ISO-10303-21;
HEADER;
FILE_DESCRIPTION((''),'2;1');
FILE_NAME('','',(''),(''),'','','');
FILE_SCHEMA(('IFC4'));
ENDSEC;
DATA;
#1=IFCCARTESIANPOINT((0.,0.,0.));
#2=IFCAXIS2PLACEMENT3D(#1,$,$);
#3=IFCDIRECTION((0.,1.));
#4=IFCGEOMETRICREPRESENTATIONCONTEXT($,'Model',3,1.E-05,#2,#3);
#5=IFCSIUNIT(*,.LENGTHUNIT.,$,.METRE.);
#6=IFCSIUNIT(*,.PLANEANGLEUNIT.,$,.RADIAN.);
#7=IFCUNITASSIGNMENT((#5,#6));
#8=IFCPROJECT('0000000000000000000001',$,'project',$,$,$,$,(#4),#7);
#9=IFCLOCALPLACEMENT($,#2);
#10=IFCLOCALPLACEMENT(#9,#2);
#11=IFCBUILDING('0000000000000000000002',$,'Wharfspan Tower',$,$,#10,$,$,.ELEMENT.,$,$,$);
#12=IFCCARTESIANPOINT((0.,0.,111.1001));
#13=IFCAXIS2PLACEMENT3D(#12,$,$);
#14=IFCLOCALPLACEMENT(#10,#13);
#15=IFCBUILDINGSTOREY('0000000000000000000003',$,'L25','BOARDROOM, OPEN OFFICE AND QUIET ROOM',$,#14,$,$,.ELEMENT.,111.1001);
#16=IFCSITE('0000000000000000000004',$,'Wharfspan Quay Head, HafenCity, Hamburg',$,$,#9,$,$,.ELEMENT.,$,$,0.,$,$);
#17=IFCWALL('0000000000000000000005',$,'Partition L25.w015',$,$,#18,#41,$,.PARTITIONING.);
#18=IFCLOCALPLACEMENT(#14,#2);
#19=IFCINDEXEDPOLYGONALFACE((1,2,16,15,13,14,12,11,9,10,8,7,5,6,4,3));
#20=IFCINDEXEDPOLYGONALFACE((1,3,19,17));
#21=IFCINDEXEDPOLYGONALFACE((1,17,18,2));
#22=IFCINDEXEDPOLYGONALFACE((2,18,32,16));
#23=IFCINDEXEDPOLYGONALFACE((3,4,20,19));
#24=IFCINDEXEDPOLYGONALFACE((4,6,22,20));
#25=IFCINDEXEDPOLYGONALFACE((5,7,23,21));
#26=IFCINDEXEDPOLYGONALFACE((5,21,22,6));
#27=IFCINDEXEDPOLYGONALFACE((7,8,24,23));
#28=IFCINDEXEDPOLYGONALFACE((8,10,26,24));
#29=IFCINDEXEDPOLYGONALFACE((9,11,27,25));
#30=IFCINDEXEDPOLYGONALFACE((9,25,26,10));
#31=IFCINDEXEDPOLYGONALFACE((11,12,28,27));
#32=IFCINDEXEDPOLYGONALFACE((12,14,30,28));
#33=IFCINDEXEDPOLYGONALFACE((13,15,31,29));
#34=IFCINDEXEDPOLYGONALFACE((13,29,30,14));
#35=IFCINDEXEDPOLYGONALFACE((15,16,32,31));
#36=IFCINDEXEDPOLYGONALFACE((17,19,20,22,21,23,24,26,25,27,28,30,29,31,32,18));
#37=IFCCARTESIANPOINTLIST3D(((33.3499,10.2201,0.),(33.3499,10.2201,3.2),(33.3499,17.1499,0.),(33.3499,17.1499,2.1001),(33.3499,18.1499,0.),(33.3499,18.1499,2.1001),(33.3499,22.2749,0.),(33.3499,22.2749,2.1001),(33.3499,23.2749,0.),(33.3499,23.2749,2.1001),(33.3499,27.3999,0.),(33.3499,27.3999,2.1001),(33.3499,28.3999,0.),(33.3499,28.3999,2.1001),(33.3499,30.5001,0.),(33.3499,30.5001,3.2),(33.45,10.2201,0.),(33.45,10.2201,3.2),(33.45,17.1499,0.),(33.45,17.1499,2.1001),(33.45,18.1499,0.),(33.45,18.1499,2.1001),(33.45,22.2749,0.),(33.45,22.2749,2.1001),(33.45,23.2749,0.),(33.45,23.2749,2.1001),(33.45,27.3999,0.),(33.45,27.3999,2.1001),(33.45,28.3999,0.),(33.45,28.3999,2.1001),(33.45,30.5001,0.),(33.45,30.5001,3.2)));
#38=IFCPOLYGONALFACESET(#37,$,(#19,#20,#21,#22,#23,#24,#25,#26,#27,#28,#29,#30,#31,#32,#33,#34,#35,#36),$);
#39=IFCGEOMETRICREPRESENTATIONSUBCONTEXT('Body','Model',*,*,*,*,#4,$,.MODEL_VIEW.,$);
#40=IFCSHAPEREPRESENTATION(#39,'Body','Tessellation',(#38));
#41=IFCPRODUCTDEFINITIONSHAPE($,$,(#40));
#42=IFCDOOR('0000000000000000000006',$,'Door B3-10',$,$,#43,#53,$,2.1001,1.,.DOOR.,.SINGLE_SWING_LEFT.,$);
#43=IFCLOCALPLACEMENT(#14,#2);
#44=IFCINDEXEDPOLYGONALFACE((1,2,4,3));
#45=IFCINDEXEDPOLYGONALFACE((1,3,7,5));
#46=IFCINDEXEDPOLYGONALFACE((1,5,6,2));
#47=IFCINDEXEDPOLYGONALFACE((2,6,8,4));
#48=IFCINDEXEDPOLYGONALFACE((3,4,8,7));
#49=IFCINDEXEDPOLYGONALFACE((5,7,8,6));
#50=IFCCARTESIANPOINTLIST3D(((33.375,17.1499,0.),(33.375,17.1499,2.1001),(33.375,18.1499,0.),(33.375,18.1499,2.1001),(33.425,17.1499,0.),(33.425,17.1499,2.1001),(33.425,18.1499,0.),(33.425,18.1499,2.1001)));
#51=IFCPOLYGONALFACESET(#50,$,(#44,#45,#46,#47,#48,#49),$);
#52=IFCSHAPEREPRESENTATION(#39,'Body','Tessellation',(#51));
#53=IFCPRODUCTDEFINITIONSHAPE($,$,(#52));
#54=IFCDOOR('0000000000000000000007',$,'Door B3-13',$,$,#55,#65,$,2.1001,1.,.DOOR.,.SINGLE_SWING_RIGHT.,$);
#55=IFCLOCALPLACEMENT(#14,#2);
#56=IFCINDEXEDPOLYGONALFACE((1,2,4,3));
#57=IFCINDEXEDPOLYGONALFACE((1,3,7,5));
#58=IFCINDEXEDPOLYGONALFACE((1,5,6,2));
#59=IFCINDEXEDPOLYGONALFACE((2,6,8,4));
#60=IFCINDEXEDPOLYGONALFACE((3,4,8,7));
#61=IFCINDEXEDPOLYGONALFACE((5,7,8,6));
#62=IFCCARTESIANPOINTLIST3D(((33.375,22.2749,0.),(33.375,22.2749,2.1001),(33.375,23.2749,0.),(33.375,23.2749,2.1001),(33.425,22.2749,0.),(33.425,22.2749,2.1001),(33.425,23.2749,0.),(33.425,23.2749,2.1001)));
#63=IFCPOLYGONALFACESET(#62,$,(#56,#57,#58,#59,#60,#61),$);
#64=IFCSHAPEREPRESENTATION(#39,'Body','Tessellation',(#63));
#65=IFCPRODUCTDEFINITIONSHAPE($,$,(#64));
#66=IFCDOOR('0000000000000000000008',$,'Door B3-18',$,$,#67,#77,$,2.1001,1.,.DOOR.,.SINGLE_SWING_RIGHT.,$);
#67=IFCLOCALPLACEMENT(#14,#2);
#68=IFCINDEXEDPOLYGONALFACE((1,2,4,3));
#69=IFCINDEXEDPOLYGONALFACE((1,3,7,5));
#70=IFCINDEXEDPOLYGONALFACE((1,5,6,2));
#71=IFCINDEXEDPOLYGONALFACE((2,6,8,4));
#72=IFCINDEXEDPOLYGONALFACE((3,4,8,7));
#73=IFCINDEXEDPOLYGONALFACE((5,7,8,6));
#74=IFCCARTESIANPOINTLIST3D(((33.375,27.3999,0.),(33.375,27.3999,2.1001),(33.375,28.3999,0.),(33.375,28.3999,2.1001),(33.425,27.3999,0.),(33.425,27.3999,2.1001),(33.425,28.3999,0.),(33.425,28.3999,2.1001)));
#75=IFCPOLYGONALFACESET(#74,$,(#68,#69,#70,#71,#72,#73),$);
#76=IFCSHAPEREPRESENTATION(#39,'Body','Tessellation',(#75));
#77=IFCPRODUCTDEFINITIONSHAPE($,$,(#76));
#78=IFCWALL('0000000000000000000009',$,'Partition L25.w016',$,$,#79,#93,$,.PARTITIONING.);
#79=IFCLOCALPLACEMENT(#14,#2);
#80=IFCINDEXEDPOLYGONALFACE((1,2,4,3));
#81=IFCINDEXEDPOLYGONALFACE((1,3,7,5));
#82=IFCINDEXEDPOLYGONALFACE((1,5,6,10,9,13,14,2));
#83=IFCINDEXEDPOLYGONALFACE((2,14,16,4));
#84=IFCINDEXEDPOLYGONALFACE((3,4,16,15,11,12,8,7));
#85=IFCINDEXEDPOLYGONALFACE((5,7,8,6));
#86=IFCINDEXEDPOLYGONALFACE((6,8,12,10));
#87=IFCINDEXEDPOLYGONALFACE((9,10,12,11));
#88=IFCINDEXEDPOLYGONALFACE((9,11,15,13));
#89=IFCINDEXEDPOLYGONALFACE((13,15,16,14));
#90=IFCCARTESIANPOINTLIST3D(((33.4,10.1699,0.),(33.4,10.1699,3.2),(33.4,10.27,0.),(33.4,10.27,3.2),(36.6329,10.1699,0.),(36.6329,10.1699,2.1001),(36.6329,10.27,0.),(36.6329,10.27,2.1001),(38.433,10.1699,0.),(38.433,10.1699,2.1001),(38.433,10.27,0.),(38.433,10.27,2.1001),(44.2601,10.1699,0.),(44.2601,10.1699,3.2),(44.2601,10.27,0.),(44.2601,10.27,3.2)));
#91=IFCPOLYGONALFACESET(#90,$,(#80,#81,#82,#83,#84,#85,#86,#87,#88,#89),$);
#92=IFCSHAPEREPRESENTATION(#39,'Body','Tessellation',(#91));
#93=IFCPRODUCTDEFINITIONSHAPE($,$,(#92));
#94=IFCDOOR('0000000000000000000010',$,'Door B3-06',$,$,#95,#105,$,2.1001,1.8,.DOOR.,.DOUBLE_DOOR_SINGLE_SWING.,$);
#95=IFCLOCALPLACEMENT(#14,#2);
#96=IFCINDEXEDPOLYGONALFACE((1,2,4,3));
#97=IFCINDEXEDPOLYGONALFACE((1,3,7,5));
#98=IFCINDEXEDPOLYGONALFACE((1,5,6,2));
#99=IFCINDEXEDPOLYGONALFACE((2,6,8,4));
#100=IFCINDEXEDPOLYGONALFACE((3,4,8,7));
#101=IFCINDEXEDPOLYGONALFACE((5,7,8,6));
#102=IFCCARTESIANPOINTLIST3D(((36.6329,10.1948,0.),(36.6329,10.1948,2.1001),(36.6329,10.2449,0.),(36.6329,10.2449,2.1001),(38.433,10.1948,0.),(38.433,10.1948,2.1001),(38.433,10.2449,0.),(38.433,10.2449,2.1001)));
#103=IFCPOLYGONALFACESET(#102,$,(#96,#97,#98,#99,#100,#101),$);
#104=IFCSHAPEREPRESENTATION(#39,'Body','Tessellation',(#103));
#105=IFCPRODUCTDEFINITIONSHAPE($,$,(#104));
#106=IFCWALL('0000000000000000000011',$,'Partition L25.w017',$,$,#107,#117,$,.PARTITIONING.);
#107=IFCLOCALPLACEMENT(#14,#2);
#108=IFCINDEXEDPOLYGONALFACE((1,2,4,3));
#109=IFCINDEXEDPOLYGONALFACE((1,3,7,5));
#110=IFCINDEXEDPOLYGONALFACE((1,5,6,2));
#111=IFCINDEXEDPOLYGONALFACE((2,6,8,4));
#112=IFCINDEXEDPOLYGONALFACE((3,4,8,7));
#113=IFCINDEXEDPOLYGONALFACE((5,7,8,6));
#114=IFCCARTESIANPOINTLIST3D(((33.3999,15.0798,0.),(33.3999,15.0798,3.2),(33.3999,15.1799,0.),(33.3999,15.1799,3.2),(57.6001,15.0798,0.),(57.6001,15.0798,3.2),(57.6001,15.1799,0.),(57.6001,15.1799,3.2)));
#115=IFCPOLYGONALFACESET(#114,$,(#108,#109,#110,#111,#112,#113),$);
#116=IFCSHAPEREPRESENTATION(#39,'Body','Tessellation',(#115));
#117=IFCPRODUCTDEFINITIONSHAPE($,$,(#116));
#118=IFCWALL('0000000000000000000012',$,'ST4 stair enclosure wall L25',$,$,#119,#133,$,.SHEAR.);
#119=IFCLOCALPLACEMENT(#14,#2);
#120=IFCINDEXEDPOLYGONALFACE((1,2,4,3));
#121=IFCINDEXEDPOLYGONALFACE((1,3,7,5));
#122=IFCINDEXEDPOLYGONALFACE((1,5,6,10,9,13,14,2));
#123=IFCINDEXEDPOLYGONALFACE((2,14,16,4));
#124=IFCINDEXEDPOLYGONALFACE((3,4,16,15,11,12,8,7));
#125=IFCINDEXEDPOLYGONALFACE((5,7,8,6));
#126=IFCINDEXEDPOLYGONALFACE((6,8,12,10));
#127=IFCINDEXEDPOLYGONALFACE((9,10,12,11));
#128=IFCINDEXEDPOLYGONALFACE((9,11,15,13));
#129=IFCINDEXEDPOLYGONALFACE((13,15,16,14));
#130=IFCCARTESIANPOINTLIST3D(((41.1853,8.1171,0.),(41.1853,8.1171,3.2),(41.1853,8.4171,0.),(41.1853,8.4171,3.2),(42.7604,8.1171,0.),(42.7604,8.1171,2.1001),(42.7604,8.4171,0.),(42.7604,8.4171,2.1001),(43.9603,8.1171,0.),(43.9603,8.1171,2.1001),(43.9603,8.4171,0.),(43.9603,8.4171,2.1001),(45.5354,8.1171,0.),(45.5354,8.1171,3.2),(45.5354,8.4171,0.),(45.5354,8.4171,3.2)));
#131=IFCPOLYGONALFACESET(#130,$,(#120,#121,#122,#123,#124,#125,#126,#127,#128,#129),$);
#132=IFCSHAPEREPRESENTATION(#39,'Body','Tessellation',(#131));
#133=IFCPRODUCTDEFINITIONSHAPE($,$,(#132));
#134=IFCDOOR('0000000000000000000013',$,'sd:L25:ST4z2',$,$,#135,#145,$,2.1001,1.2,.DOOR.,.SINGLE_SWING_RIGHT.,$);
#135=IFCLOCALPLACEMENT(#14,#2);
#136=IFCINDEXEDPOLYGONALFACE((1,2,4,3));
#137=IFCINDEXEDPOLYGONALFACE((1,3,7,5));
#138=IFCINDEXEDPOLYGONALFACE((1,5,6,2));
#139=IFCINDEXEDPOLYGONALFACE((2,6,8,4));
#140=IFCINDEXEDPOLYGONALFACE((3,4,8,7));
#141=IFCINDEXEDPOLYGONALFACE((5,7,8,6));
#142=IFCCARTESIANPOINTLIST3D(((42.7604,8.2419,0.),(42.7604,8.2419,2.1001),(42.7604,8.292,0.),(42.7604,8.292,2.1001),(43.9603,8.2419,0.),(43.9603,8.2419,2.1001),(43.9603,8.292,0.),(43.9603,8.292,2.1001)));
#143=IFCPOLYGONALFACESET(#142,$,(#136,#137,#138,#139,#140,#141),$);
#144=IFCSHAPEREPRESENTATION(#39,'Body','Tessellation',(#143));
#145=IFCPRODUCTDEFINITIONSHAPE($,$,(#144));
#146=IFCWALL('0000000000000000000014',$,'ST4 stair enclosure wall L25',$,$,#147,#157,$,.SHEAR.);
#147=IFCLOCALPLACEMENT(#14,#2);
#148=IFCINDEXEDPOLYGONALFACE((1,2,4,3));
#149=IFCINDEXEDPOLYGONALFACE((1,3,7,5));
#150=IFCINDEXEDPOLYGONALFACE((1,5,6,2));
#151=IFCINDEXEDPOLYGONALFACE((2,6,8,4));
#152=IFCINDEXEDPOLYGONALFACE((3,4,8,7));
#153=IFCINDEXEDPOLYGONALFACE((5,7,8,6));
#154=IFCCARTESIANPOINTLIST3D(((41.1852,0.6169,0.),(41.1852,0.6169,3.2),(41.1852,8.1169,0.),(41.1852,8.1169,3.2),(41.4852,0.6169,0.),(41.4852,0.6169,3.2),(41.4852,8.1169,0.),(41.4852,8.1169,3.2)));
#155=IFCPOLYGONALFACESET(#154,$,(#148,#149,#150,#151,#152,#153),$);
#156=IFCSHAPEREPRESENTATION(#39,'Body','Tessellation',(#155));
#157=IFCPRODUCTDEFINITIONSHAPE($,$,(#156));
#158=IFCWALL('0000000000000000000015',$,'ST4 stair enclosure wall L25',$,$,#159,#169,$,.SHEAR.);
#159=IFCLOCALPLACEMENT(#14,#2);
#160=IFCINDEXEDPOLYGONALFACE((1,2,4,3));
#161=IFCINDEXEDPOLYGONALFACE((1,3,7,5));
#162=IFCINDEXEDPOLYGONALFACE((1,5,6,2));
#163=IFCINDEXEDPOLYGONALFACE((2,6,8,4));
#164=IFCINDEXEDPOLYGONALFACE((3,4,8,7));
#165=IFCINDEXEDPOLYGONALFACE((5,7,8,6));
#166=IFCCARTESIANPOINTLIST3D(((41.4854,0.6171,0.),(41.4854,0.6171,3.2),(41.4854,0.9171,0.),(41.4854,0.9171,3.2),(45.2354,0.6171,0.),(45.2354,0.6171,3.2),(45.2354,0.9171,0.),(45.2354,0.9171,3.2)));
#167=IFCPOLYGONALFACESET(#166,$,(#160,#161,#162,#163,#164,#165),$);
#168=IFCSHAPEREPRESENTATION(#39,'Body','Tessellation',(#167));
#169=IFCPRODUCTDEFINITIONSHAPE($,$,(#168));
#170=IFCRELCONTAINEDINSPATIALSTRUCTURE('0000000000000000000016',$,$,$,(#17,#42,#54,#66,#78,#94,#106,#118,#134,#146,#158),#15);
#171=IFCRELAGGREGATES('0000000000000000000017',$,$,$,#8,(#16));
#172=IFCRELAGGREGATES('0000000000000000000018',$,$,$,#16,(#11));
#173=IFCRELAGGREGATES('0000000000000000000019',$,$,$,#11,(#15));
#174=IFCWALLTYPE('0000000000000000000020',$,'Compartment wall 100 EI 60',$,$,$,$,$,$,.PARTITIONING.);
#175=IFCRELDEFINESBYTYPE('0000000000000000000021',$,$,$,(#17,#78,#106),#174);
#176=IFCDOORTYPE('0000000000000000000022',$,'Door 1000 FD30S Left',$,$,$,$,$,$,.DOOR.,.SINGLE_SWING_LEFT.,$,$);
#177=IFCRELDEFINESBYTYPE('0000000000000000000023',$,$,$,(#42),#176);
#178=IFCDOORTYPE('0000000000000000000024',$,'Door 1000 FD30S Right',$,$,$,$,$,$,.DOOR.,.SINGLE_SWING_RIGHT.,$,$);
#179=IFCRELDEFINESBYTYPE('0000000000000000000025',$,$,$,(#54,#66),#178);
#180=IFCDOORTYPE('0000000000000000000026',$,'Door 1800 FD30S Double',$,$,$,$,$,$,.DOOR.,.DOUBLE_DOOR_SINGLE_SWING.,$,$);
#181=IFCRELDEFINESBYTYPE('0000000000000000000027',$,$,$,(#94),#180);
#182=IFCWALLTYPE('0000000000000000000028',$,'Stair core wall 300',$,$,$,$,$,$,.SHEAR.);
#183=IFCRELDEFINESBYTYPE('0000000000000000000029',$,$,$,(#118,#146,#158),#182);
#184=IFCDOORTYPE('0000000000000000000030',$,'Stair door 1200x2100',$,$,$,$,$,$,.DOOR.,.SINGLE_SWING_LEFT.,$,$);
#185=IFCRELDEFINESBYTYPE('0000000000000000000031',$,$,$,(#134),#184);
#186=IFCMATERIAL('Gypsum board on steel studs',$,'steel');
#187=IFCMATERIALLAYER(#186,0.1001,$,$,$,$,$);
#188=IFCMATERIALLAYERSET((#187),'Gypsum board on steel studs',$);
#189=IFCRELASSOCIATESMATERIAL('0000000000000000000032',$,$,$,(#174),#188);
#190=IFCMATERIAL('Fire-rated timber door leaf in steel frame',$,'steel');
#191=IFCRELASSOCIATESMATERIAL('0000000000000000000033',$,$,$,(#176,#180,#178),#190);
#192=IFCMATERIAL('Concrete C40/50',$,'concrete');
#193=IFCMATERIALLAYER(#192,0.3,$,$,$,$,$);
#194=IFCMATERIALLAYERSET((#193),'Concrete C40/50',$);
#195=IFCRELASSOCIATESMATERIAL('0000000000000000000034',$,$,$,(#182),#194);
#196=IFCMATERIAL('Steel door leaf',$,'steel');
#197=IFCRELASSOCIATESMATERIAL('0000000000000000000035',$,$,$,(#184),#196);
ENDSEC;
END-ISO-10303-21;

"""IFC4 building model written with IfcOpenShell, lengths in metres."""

from ifc_helpers import new_model, si_unit, direction, frame, frame_2d, origin, place, context, subcontext, project, spatial, rectangle, extrude, material, layer, layer_set, type_object, element, fill, save


model = new_model("IFC4")

# Units and contexts
model_context = context("Model", 3, precision=1e-05, world=origin(), true_north=direction((0.0, 1.0)))
body_context = subcontext(model_context, "Body", "Model", "MODEL_VIEW")
ifc_project = project(units=[si_unit("LENGTHUNIT", "METRE"), si_unit("PLANEANGLEUNIT", "RADIAN")], contexts=[model_context])

# Site, building, storey
site_placement = place(None, origin())
site = spatial("IfcSite", under=ifc_project, at=site_placement, Name="Wharfspan Quay Head, HafenCity, Hamburg", CompositionType="ELEMENT", RefElevation=0.0)
building_placement = place(site_placement, origin())
building = spatial("IfcBuilding", under=site, at=building_placement, Name="Wharfspan Tower", CompositionType="ELEMENT")
storey_placement = place(building_placement, frame((0.0, 0.0, 111.1001)))
storey = spatial("IfcBuildingStorey", under=building, at=storey_placement, Name="L25", Description="BOARDROOM, OPEN OFFICE AND QUIET ROOM", CompositionType="ELEMENT", Elevation=111.1001)

# Shared definitions
ifc_material_1 = material(Name="Gypsum board on steel studs", Category="steel")
ifc_layer_1 = layer(ifc_material_1, 0.1001)
ifc_layer_set_1 = layer_set([ifc_layer_1], Name="Gypsum board on steel studs")
wall_type_1 = type_object("IfcWallType", Name="Compartment wall 100 EI 60", PredefinedType="PARTITIONING", material=ifc_layer_set_1)
ifc_material_2 = material(Name="Fire-rated timber door leaf in steel frame", Category="steel")
door_type_1 = type_object("IfcDoorType", Name="Door 1000 FD30S Left", OperationType="SINGLE_SWING_LEFT", PredefinedType="DOOR", material=ifc_material_2)
door_type_2 = type_object("IfcDoorType", Name="Door 1800 FD30S Double", OperationType="DOUBLE_DOOR_SINGLE_SWING", PredefinedType="DOOR", material=ifc_material_2)

# Wall, openings, doors
wall_1_placement = place(storey_placement, frame((33.3999, 10.22, 0.0), z_axis=(0.0, 0.0, 1.0), x_axis=(0.0, 1.0, 0.0)))
wall_1 = element("IfcWall", 1, at=wall_1_placement, inside=storey, type_object=wall_type_1, Name="Partition L25.w015", PredefinedType="PARTITIONING", context=body_context, shape_type="SweptSolid", body=[
    extrude(rectangle(XDim=20.28, YDim=0.1001, at=frame_2d((10.1401, 0.0))), origin(), (0.0, 0.0, 1.0), 3.2),
])
opening_1_placement = place(wall_1_placement, frame((6.9299, 0.0, 0.0)))
opening_1 = element("IfcOpeningElement", 2, at=opening_1_placement, cuts=wall_1, PredefinedType="OPENING", context=body_context, shape_type="SweptSolid", body=[
    extrude(rectangle(XDim=1.0, YDim=2.1001, at=frame_2d((0.5, 1.05))), frame((0.0, 0.0601, 0.0), z_axis=(0.0, -1.0, 0.0), x_axis=(1.0, 0.0, 0.0)), (0.0, 0.0, 1.0), 0.1201),
])
opening_2_placement = place(wall_1_placement, frame((12.0549, 0.0, 0.0)))
opening_2 = element("IfcOpeningElement", 3, at=opening_2_placement, cuts=wall_1, PredefinedType="OPENING", context=body_context, shape_type="SweptSolid", body=[
    extrude(rectangle(XDim=1.0, YDim=2.1001, at=frame_2d((0.5, 1.05))), frame((0.0, 0.0601, 0.0), z_axis=(0.0, -1.0, 0.0), x_axis=(1.0, 0.0, 0.0)), (0.0, 0.0, 1.0), 0.1201),
])
opening_3_placement = place(wall_1_placement, frame((17.1799, 0.0, 0.0)))
opening_3 = element("IfcOpeningElement", 4, at=opening_3_placement, cuts=wall_1, PredefinedType="OPENING", context=body_context, shape_type="SweptSolid", body=[
    extrude(rectangle(XDim=1.0, YDim=2.1001, at=frame_2d((0.5, 1.05))), frame((0.0, 0.0601, 0.0), z_axis=(0.0, -1.0, 0.0), x_axis=(1.0, 0.0, 0.0)), (0.0, 0.0, 1.0), 0.1201),
])
door_1_placement = place(opening_1_placement, origin())
door_1 = element("IfcDoor", 5, at=door_1_placement, inside=storey, type_object=door_type_1, Name="Door B3-10", OperationType="SINGLE_SWING_LEFT", OverallHeight=2.1001, OverallWidth=1.0, PredefinedType="DOOR", context=body_context, shape_type="SweptSolid", body=[
    extrude(rectangle(XDim=1.0, YDim=2.1001, at=frame_2d((0.5, 1.05))), frame((0.0, 0.0249, 0.0), z_axis=(0.0, -1.0, 0.0), x_axis=(1.0, 0.0, 0.0)), (0.0, 0.0, 1.0), 0.05),
])
fill(opening_1, door_1)
door_type_3 = type_object("IfcDoorType", Name="Door 1000 FD30S Right", OperationType="SINGLE_SWING_RIGHT", PredefinedType="DOOR", material=ifc_material_2)
door_2_placement = place(opening_2_placement, origin())
door_2 = element("IfcDoor", 6, at=door_2_placement, inside=storey, type_object=door_type_3, Name="Door B3-13", OperationType="SINGLE_SWING_RIGHT", OverallHeight=2.1001, OverallWidth=1.0, PredefinedType="DOOR", context=body_context, shape_type="SweptSolid", body=[
    extrude(rectangle(XDim=1.0, YDim=2.1001, at=frame_2d((0.5, 1.05))), frame((0.0, 0.0249, 0.0), z_axis=(0.0, -1.0, 0.0), x_axis=(1.0, 0.0, 0.0)), (0.0, 0.0, 1.0), 0.05),
])
fill(opening_2, door_2)
door_3_placement = place(opening_3_placement, origin())
door_3 = element("IfcDoor", 7, at=door_3_placement, inside=storey, type_object=door_type_3, Name="Door B3-18", OperationType="SINGLE_SWING_RIGHT", OverallHeight=2.1001, OverallWidth=1.0, PredefinedType="DOOR", context=body_context, shape_type="SweptSolid", body=[
    extrude(rectangle(XDim=1.0, YDim=2.1001, at=frame_2d((0.5, 1.05))), frame((0.0, 0.0249, 0.0), z_axis=(0.0, -1.0, 0.0), x_axis=(1.0, 0.0, 0.0)), (0.0, 0.0, 1.0), 0.05),
])
fill(opening_3, door_3)

# Wall, opening, door
wall_2_placement = place(storey_placement, frame((33.3999, 10.22, 0.0), z_axis=(0.0, 0.0, 1.0), x_axis=(1.0, 0.0, 0.0)))
wall_2 = element("IfcWall", 8, at=wall_2_placement, inside=storey, type_object=wall_type_1, Name="Partition L25.w016", PredefinedType="PARTITIONING", context=body_context, shape_type="SweptSolid", body=[
    extrude(rectangle(XDim=10.8601, YDim=0.1001, at=frame_2d((5.4302, 0.0))), origin(), (0.0, 0.0, 1.0), 3.2),
])
opening_4_placement = place(wall_2_placement, frame((3.2332, 0.0, 0.0)))
opening_4 = element("IfcOpeningElement", 9, at=opening_4_placement, cuts=wall_2, PredefinedType="OPENING", context=body_context, shape_type="SweptSolid", body=[
    extrude(rectangle(XDim=1.8, YDim=2.1001, at=frame_2d((0.8999, 1.05))), frame((0.0, 0.0601, 0.0), z_axis=(0.0, -1.0, 0.0), x_axis=(1.0, 0.0, 0.0)), (0.0, 0.0, 1.0), 0.1201),
])
door_4_placement = place(opening_4_placement, origin())
door_4 = element("IfcDoor", 10, at=door_4_placement, inside=storey, type_object=door_type_2, Name="Door B3-06", OperationType="DOUBLE_DOOR_SINGLE_SWING", OverallHeight=2.1001, OverallWidth=1.8, PredefinedType="DOOR", context=body_context, shape_type="SweptSolid", body=[
    extrude(rectangle(XDim=1.8, YDim=2.1001, at=frame_2d((0.8999, 1.05))), frame((0.0, 0.0249, 0.0), z_axis=(0.0, -1.0, 0.0), x_axis=(1.0, 0.0, 0.0)), (0.0, 0.0, 1.0), 0.05),
])
fill(opening_4, door_4)

# Wall
wall_3_placement = place(storey_placement, frame((33.3999, 15.1299, 0.0), z_axis=(0.0, 0.0, 1.0), x_axis=(1.0, 0.0, 0.0)))
element("IfcWall", 11, at=wall_3_placement, inside=storey, type_object=wall_type_1, Name="Partition L25.w017", PredefinedType="PARTITIONING", context=body_context, shape_type="SweptSolid", body=[
    extrude(rectangle(XDim=24.2002, YDim=0.1001, at=frame_2d((12.1001, 0.0))), origin(), (0.0, 0.0, 1.0), 3.2),
])

# Wall, opening, door
ifc_material_3 = material(Name="Concrete C40/50", Category="concrete")
ifc_layer_2 = layer(ifc_material_3, 0.3)
ifc_layer_set_2 = layer_set([ifc_layer_2], Name="Concrete C40/50")
wall_type_2 = type_object("IfcWallType", Name="Stair core wall 300", PredefinedType="SHEAR", material=ifc_layer_set_2)
wall_4_placement = place(storey_placement, frame((41.1853, 8.2671, 0.0), z_axis=(0.0, 0.0, 1.0), x_axis=(1.0, 0.0, 0.0)))
wall_4 = element("IfcWall", 12, at=wall_4_placement, inside=storey, type_object=wall_type_2, Name="ST4 stair enclosure wall L25", PredefinedType="SHEAR", context=body_context, shape_type="SweptSolid", body=[
    extrude(rectangle(XDim=4.3501, YDim=0.3, at=frame_2d((2.175, 0.0))), origin(), (0.0, 0.0, 1.0), 3.2),
])
opening_5_placement = place(wall_4_placement, frame((1.575, 0.0, 0.0)))
opening_5 = element("IfcOpeningElement", 13, at=opening_5_placement, cuts=wall_4, PredefinedType="OPENING", context=body_context, shape_type="SweptSolid", body=[
    extrude(rectangle(XDim=1.2, YDim=2.1001, at=frame_2d((0.6001, 1.05))), frame((0.0, 0.1599, 0.0), z_axis=(0.0, -1.0, 0.0), x_axis=(1.0, 0.0, 0.0)), (0.0, 0.0, 1.0), 0.3201),
])
ifc_material_4 = material(Name="Steel door leaf", Category="steel")
door_type_4 = type_object("IfcDoorType", Name="Stair door 1200x2100", OperationType="SINGLE_SWING_LEFT", PredefinedType="DOOR", material=ifc_material_4)
door_5_placement = place(opening_5_placement, origin())
door_5 = element("IfcDoor", 14, at=door_5_placement, inside=storey, type_object=door_type_4, Name="sd:L25:ST4z2", OperationType="SINGLE_SWING_RIGHT", OverallHeight=2.1001, OverallWidth=1.2, PredefinedType="DOOR", context=body_context, shape_type="SweptSolid", body=[
    extrude(rectangle(XDim=1.2, YDim=2.1001, at=frame_2d((0.6001, 1.05))), frame((0.0, 0.0249, 0.0), z_axis=(0.0, -1.0, 0.0), x_axis=(1.0, 0.0, 0.0)), (0.0, 0.0, 1.0), 0.05),
])
fill(opening_5, door_5)

# Walls
wall_5_placement = place(storey_placement, frame((41.3352, 0.6169, 0.0), z_axis=(0.0, 0.0, 1.0), x_axis=(0.0, 1.0, 0.0)))
element("IfcWall", 15, at=wall_5_placement, inside=storey, type_object=wall_type_2, Name="ST4 stair enclosure wall L25", PredefinedType="SHEAR", context=body_context, shape_type="SweptSolid", body=[
    extrude(rectangle(XDim=7.5, YDim=0.3, at=frame_2d((3.75, 0.0))), origin(), (0.0, 0.0, 1.0), 3.2),
])
wall_6_placement = place(storey_placement, frame((41.4854, 0.7671, 0.0), z_axis=(0.0, 0.0, 1.0), x_axis=(1.0, 0.0, 0.0)))
element("IfcWall", 16, at=wall_6_placement, inside=storey, type_object=wall_type_2, Name="ST4 stair enclosure wall L25", PredefinedType="SHEAR", context=body_context, shape_type="SweptSolid", body=[
    extrude(rectangle(XDim=3.75, YDim=0.3, at=frame_2d((1.875, 0.0))), origin(), (0.0, 0.0, 1.0), 3.2),
])

save(model, "model.ifc")
